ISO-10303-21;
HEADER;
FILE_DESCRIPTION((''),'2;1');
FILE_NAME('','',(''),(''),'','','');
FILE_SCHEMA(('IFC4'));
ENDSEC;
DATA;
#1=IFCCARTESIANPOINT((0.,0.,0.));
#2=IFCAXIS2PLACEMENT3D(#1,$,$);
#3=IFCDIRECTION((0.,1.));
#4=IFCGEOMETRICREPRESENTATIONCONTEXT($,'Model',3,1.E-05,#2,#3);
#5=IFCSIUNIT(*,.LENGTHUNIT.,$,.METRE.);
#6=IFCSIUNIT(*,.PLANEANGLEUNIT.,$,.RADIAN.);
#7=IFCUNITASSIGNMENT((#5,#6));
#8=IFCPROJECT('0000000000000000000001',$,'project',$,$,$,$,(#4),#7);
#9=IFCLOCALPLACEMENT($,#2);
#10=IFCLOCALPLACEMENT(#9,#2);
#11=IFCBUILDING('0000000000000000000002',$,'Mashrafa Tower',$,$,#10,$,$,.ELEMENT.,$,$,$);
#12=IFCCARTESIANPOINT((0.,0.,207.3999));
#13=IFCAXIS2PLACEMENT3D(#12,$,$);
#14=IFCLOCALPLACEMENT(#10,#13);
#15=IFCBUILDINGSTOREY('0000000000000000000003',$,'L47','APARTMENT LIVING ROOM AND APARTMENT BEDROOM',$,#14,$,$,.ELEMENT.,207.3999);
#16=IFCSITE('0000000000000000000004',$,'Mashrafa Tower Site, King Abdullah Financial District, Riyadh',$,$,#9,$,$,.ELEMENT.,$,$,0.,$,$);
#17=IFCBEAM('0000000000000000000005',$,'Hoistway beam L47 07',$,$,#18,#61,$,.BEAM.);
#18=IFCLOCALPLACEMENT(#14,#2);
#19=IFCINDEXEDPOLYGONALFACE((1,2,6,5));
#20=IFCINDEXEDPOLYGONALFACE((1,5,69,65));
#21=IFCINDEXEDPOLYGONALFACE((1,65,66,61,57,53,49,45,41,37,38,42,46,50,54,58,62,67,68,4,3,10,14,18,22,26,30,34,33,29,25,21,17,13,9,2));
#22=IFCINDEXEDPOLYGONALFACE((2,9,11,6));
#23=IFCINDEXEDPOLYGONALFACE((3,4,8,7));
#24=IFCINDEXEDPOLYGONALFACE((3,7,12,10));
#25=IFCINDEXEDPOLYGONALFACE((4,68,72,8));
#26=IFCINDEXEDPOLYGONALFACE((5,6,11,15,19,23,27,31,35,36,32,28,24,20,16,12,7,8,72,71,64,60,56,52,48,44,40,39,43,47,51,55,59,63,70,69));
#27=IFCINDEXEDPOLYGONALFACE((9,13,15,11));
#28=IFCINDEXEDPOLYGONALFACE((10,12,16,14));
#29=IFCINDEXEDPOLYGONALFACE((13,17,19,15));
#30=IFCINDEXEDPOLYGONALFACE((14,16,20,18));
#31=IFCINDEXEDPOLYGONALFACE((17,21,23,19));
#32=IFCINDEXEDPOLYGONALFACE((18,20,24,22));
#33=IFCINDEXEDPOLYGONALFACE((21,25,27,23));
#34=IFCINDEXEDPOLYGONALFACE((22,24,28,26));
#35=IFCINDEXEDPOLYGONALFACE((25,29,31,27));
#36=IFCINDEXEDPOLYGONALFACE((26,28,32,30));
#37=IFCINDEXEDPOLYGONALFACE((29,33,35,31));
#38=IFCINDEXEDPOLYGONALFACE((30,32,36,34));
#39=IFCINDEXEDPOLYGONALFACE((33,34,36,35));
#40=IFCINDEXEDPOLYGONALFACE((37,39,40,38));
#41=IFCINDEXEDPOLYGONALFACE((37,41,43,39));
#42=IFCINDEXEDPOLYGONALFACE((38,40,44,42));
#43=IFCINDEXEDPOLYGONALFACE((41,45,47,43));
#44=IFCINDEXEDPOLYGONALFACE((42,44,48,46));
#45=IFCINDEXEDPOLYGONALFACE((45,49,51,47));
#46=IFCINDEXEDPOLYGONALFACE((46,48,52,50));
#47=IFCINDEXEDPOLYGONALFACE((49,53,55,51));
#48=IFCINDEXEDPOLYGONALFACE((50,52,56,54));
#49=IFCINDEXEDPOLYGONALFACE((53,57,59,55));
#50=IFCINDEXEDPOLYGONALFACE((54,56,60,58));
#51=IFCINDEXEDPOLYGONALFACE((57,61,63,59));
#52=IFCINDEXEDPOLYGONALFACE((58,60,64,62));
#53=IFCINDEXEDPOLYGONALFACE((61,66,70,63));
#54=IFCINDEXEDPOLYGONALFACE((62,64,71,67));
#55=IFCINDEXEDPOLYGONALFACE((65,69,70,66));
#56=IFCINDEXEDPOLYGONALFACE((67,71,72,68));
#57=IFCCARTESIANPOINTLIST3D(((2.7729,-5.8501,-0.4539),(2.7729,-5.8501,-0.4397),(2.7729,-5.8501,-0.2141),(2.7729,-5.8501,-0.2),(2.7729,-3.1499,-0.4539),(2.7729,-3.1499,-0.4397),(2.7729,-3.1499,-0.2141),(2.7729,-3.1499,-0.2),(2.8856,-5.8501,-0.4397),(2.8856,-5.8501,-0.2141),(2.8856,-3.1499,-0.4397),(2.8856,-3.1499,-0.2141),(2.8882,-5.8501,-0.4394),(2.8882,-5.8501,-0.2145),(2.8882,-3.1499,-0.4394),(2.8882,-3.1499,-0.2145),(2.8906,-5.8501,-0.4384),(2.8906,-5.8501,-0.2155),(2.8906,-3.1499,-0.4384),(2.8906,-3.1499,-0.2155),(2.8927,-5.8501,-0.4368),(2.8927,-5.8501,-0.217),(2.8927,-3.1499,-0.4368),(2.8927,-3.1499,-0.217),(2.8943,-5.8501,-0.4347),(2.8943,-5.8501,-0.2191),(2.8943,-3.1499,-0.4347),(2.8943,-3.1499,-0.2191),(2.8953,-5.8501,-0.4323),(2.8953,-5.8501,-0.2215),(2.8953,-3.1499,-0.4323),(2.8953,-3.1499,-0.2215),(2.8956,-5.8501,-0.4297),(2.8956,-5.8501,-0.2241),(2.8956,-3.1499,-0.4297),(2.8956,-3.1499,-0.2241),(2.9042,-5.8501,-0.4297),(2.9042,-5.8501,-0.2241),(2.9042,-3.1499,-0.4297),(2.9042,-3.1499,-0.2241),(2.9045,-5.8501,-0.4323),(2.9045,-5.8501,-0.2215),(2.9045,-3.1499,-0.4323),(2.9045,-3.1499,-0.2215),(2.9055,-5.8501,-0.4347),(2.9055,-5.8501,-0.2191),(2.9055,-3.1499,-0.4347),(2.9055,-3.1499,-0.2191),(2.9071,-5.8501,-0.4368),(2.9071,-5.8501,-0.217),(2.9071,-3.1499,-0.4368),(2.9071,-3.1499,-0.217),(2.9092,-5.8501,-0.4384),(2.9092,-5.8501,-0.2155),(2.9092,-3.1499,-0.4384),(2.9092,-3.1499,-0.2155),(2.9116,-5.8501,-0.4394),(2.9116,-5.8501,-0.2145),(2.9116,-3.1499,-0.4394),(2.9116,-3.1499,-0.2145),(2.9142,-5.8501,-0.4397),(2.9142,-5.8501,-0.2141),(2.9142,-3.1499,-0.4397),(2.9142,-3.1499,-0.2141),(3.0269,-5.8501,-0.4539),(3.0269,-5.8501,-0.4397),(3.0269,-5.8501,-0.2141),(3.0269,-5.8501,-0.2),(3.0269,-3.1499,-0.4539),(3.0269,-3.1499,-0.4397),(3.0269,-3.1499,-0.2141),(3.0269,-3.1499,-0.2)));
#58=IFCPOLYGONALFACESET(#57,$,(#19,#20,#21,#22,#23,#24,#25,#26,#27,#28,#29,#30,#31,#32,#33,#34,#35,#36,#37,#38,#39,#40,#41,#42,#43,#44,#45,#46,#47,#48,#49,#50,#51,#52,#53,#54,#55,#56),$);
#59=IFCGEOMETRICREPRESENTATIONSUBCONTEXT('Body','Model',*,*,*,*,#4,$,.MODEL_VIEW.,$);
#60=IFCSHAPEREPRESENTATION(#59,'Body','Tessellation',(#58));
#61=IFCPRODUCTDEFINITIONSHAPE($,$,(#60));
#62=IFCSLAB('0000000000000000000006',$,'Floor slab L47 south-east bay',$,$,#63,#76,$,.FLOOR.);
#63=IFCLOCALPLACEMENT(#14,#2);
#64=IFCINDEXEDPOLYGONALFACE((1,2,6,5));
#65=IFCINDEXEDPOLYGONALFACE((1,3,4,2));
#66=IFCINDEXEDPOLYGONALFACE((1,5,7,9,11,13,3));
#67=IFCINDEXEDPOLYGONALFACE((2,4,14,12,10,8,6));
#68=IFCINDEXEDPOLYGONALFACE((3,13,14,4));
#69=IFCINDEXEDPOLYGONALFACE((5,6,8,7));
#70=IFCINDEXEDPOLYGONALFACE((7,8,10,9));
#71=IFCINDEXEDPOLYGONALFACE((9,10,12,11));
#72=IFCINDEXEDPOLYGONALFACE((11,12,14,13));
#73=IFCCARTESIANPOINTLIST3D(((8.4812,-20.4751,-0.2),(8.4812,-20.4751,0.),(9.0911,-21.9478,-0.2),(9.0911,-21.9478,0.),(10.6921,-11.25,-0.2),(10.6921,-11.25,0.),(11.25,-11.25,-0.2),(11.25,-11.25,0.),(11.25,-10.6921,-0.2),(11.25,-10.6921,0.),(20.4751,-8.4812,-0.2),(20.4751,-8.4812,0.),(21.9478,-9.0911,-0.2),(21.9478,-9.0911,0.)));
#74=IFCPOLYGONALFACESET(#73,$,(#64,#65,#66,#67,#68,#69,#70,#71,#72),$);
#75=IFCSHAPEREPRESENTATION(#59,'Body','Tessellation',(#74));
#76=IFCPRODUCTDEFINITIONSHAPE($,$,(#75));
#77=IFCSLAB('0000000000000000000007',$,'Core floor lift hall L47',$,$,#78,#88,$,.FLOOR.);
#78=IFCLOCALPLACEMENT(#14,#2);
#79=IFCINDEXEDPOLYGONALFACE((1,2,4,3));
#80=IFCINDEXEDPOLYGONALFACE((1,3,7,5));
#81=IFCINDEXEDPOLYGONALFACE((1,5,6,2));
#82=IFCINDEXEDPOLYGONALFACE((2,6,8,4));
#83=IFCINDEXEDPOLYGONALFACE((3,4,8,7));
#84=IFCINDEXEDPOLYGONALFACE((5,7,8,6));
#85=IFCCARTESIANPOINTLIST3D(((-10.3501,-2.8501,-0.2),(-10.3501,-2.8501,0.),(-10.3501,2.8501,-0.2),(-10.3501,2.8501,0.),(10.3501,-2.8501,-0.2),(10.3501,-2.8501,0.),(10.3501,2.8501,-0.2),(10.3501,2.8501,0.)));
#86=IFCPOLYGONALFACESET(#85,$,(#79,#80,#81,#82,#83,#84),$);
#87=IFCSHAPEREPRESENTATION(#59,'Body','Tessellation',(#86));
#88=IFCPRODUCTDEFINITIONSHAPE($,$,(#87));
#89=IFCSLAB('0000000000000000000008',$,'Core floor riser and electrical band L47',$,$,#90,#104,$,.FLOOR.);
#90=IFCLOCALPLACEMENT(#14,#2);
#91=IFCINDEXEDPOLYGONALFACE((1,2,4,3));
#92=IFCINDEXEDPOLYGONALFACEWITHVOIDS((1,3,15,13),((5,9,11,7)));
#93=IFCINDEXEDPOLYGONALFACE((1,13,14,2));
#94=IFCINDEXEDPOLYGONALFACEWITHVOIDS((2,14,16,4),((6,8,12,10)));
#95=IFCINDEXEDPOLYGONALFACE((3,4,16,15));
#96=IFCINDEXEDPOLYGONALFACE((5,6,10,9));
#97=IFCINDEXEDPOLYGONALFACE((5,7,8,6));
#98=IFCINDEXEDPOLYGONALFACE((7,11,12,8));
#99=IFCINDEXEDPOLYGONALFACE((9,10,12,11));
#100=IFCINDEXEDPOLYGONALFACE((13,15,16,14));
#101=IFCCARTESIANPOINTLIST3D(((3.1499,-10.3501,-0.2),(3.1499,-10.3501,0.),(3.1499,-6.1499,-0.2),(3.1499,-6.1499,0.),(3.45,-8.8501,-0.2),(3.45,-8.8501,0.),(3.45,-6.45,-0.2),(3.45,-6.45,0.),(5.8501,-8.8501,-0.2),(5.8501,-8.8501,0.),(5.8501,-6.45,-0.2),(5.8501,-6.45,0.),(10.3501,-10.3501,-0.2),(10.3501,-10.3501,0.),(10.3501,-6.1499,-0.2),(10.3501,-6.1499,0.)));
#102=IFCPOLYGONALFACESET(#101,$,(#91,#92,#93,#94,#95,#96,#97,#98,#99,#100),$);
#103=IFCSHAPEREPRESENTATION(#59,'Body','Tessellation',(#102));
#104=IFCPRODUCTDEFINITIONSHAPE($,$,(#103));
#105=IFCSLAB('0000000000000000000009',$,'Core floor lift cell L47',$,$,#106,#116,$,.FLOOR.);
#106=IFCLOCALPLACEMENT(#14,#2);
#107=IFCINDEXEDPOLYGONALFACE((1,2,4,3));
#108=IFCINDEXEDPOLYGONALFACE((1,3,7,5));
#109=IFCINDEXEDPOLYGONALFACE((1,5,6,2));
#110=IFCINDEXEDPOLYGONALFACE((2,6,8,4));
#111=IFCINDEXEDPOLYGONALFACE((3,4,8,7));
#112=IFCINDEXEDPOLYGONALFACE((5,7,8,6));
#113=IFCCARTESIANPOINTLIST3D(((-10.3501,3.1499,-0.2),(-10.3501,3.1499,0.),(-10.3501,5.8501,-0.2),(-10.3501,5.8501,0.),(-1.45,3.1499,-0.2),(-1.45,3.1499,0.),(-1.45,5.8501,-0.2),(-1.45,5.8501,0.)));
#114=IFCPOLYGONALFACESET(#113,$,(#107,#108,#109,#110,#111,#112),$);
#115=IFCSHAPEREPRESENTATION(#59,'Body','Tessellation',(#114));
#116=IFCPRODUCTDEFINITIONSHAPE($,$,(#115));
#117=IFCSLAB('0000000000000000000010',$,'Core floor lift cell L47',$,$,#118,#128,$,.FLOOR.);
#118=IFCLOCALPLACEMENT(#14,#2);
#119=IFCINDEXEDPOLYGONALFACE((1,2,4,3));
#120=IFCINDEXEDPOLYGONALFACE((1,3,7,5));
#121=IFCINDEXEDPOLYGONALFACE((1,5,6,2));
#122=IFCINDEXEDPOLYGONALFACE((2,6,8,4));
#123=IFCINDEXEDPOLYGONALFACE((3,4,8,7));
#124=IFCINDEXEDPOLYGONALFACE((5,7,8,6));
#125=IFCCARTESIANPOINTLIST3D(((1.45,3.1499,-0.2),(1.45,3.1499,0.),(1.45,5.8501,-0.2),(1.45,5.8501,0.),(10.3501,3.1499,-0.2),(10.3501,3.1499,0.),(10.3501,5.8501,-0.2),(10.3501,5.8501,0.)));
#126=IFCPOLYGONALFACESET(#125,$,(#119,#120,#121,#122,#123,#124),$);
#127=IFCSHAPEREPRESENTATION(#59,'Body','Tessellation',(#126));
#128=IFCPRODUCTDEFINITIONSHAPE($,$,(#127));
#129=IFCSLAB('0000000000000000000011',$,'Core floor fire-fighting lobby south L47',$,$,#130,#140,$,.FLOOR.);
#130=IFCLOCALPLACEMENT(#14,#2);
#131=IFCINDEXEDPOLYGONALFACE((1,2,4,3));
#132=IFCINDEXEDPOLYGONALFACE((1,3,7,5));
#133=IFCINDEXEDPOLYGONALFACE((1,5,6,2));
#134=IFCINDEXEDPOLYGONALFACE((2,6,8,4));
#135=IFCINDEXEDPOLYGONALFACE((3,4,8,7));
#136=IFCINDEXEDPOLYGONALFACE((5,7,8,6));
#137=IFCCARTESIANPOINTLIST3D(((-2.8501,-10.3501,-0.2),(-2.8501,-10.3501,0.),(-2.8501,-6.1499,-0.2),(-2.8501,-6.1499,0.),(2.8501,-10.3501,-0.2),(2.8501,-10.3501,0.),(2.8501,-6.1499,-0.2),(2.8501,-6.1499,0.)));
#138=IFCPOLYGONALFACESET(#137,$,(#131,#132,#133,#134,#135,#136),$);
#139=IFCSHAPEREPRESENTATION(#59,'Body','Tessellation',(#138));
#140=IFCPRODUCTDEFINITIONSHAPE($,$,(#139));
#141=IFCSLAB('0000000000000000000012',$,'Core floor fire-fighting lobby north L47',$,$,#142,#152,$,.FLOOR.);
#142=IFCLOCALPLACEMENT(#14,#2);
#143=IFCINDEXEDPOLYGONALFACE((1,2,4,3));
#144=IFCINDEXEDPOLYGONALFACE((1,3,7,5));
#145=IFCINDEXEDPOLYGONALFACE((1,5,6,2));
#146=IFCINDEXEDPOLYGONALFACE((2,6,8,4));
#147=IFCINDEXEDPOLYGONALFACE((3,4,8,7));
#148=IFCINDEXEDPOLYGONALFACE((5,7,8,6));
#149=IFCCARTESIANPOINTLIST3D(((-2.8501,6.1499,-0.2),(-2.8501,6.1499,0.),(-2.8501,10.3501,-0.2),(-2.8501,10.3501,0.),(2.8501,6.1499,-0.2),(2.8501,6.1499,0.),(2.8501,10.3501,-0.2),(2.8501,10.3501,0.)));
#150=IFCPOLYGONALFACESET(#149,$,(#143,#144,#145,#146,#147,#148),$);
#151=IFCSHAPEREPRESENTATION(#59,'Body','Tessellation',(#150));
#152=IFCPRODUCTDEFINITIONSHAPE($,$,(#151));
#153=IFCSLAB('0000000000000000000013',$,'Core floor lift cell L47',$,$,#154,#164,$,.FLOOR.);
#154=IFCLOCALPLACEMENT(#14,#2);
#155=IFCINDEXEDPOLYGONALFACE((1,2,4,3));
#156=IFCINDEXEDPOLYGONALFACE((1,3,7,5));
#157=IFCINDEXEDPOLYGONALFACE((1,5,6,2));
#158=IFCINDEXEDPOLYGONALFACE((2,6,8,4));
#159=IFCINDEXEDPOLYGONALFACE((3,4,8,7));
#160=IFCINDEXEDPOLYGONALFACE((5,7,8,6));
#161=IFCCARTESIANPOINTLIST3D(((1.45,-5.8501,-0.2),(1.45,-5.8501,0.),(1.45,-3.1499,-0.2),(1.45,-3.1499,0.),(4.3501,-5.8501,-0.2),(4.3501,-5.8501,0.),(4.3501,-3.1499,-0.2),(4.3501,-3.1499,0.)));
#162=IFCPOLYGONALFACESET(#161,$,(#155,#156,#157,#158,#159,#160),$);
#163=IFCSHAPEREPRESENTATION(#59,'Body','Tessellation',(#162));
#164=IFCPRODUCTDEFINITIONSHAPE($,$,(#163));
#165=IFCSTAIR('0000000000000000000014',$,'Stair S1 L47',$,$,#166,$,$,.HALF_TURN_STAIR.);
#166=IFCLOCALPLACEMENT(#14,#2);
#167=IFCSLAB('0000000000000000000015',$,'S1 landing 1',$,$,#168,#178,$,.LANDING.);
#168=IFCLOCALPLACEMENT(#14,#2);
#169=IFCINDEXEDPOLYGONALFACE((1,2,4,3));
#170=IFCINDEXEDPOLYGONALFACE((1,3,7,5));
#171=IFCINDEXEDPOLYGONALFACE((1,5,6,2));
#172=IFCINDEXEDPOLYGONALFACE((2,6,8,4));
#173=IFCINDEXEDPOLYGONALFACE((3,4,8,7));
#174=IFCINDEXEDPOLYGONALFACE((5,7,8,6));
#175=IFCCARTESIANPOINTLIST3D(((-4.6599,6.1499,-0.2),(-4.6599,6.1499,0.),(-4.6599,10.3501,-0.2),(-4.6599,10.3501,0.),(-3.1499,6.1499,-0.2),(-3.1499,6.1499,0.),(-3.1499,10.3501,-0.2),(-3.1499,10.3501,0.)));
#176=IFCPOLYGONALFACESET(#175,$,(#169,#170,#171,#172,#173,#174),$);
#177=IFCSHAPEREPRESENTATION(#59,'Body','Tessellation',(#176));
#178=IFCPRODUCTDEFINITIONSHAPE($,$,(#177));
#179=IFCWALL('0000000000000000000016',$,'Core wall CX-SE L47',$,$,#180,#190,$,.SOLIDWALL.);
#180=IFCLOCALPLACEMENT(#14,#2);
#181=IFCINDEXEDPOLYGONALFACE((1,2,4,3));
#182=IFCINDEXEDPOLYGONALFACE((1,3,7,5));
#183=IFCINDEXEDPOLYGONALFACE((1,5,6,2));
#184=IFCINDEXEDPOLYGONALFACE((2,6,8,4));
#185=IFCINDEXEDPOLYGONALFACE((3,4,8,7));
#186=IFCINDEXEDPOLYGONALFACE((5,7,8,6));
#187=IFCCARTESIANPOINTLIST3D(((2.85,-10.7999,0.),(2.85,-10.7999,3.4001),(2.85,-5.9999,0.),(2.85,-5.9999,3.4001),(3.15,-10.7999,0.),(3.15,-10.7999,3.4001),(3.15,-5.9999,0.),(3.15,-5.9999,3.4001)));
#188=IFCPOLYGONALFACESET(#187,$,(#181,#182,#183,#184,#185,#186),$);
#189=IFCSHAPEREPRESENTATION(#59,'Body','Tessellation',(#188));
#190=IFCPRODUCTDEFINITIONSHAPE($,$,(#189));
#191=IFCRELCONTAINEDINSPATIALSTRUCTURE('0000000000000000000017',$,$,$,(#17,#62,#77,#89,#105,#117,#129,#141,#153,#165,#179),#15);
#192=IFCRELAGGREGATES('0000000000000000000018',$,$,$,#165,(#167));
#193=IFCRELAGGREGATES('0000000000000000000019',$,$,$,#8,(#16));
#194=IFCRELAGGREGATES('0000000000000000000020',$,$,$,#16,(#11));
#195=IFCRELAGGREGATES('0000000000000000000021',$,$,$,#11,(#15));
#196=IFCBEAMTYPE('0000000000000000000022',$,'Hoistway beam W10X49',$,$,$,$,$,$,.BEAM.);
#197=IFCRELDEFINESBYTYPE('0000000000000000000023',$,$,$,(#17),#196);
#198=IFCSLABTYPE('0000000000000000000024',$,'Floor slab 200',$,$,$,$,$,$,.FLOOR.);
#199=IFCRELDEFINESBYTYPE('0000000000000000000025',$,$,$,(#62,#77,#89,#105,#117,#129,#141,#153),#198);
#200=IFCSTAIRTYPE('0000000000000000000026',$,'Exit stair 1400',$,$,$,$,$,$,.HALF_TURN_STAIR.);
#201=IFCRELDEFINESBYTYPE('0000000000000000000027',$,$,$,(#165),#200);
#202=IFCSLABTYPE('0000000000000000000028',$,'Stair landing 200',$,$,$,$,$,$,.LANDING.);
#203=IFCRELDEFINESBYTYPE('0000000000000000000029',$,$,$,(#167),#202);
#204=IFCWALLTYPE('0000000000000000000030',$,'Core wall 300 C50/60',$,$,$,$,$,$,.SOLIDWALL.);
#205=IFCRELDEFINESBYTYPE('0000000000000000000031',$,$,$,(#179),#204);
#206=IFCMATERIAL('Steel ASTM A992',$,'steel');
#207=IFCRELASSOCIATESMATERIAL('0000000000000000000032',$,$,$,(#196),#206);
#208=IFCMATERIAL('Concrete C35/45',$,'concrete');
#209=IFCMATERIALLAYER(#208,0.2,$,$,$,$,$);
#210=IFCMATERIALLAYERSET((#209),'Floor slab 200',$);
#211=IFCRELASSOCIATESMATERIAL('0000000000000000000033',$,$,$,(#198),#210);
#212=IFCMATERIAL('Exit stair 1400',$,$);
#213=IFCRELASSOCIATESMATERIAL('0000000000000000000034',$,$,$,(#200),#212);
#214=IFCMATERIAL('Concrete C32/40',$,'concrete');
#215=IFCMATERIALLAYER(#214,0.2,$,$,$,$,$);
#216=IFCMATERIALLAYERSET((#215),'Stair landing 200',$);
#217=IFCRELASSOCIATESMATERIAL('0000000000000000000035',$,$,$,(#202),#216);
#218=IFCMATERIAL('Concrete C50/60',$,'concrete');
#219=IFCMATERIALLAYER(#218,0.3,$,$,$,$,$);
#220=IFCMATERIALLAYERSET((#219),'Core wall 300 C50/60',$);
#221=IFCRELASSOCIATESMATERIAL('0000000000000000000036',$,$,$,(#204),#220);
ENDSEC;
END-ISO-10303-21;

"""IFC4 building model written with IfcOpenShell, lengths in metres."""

from ifc_helpers import new_model, si_unit, direction, frame, frame_2d, origin, origin_2d, place, context, subcontext, project, spatial, polyline, rectangle, i_section, outline, extrude, material, layer, layer_set, material_profile, profile_set, type_object, element, aggregate, save


model = new_model("IFC4")

# Units and contexts
model_context = context("Model", 3, precision=1e-05, world=origin(), true_north=direction((0.0, 1.0)))
body_context = subcontext(model_context, "Body", "Model", "MODEL_VIEW")
ifc_project = project(units=[si_unit("LENGTHUNIT", "METRE"), si_unit("PLANEANGLEUNIT", "RADIAN")], contexts=[model_context])

# Site, building, storey
site_placement = place(None, origin())
site = spatial("IfcSite", under=ifc_project, at=site_placement, Name="Mashrafa Tower Site, King Abdullah Financial District, Riyadh", CompositionType="ELEMENT", RefElevation=0.0)
building_placement = place(site_placement, origin())
building = spatial("IfcBuilding", under=site, at=building_placement, Name="Mashrafa Tower", CompositionType="ELEMENT")
storey_placement = place(building_placement, frame((0.0, 0.0, 207.3999)))
storey = spatial("IfcBuildingStorey", under=building, at=storey_placement, Name="L47", Description="APARTMENT LIVING ROOM AND APARTMENT BEDROOM", CompositionType="ELEMENT", Elevation=207.3999)

# Beam
ifc_material_1 = material(Name="Steel ASTM A992", Category="steel")
ifc_material_profile = material_profile(ifc_material_1, i_section(OverallWidth=0.2539, OverallDepth=0.2539, WebThickness=0.0085, FlangeThickness=0.0142, FilletRadius=0.01, at=origin_2d()), Name="W10X49")
ifc_profile_set = profile_set([ifc_material_profile], Name="Steel ASTM A992")
beam_type = type_object("IfcBeamType", Name="Hoistway beam W10X49", PredefinedType="BEAM", material=ifc_profile_set)
beam_placement = place(storey_placement, frame((2.8999, -5.8501, -0.3269), z_axis=(0.0, 1.0, 0.0), x_axis=(-1.0, 0.0, 0.0)))
element("IfcBeam", 1, at=beam_placement, inside=storey, type_object=beam_type, Name="Hoistway beam L47 07", PredefinedType="BEAM", context=body_context, shape_type="SweptSolid", body=[
    extrude(i_section(OverallWidth=0.2539, OverallDepth=0.2539, WebThickness=0.0085, FlangeThickness=0.0142, FilletRadius=0.01, at=origin_2d()), origin(), (0.0, 0.0, 1.0), 2.7002),
])

# Slabs
ifc_material_2 = material(Name="Concrete C35/45", Category="concrete")
ifc_layer_1 = layer(ifc_material_2, 0.2)
ifc_layer_set_1 = layer_set([ifc_layer_1], Name="Floor slab 200")
slab_type_1 = type_object("IfcSlabType", Name="Floor slab 200", PredefinedType="FLOOR", material=ifc_layer_set_1)
slab_1_placement = place(storey_placement, frame((0.0, 0.0, -0.2)))
element("IfcSlab", 2, at=slab_1_placement, inside=storey, type_object=slab_type_1, Name="Floor slab L47 south-east bay", PredefinedType="FLOOR", context=body_context, shape_type="SweptSolid", body=[
    extrude(outline(polyline([(9.0911, -21.9478), (8.4812, -20.4751), (10.6921, -11.25), (11.25, -11.25), (11.25, -10.6921), (20.4751, -8.4812), (21.9478, -9.0911), (9.0911, -21.9478)])), origin(), (0.0, 0.0, 1.0), 0.2),
])
slab_2_placement = place(storey_placement, frame((0.0, 0.0, -0.2)))
element("IfcSlab", 3, at=slab_2_placement, inside=storey, type_object=slab_type_1, Name="Core floor lift hall L47", PredefinedType="FLOOR", context=body_context, shape_type="SweptSolid", body=[
    extrude(outline(polyline([(-10.3501, 2.8501), (10.3501, 2.8501), (10.3501, -2.8501), (-10.3501, -2.8501), (-10.3501, 2.8501)])), origin(), (0.0, 0.0, 1.0), 0.2),
])
slab_3_placement = place(storey_placement, frame((0.0, 0.0, -0.2)))
element("IfcSlab", 4, at=slab_3_placement, inside=storey, type_object=slab_type_1, Name="Core floor riser and electrical band L47", PredefinedType="FLOOR", context=body_context, shape_type="SweptSolid", body=[
    extrude(outline(polyline([(10.3501, -6.1499), (10.3501, -10.3501), (3.1499, -10.3501), (3.1499, -6.1499), (10.3501, -6.1499)]), holes=[polyline([(3.45, -8.8501), (5.8501, -8.8501), (5.8501, -6.45), (3.45, -6.45), (3.45, -8.8501)])]), origin(), (0.0, 0.0, 1.0), 0.2),
])
slab_4_placement = place(storey_placement, frame((0.0, 0.0, -0.2)))
element("IfcSlab", 5, at=slab_4_placement, inside=storey, type_object=slab_type_1, Name="Core floor lift cell L47", PredefinedType="FLOOR", context=body_context, shape_type="SweptSolid", body=[
    extrude(outline(polyline([(-10.3501, 5.8501), (-1.45, 5.8501), (-1.45, 3.1499), (-10.3501, 3.1499), (-10.3501, 5.8501)])), origin(), (0.0, 0.0, 1.0), 0.2),
])
slab_5_placement = place(storey_placement, frame((0.0, 0.0, -0.2)))
element("IfcSlab", 6, at=slab_5_placement, inside=storey, type_object=slab_type_1, Name="Core floor lift cell L47", PredefinedType="FLOOR", context=body_context, shape_type="SweptSolid", body=[
    extrude(outline(polyline([(1.45, 5.8501), (10.3501, 5.8501), (10.3501, 3.1499), (1.45, 3.1499), (1.45, 5.8501)])), origin(), (0.0, 0.0, 1.0), 0.2),
])
slab_6_placement = place(storey_placement, frame((0.0, 0.0, -0.2)))
element("IfcSlab", 7, at=slab_6_placement, inside=storey, type_object=slab_type_1, Name="Core floor fire-fighting lobby south L47", PredefinedType="FLOOR", context=body_context, shape_type="SweptSolid", body=[
    extrude(outline(polyline([(2.8501, -6.1499), (2.8501, -10.3501), (-2.8501, -10.3501), (-2.8501, -6.1499), (2.8501, -6.1499)])), origin(), (0.0, 0.0, 1.0), 0.2),
])
slab_7_placement = place(storey_placement, frame((0.0, 0.0, -0.2)))
element("IfcSlab", 8, at=slab_7_placement, inside=storey, type_object=slab_type_1, Name="Core floor fire-fighting lobby north L47", PredefinedType="FLOOR", context=body_context, shape_type="SweptSolid", body=[
    extrude(outline(polyline([(-2.8501, 10.3501), (2.8501, 10.3501), (2.8501, 6.1499), (-2.8501, 6.1499), (-2.8501, 10.3501)])), origin(), (0.0, 0.0, 1.0), 0.2),
])
slab_8_placement = place(storey_placement, frame((0.0, 0.0, -0.2)))
element("IfcSlab", 9, at=slab_8_placement, inside=storey, type_object=slab_type_1, Name="Core floor lift cell L47", PredefinedType="FLOOR", context=body_context, shape_type="SweptSolid", body=[
    extrude(outline(polyline([(4.3501, -3.1499), (4.3501, -5.8501), (1.45, -5.8501), (1.45, -3.1499), (4.3501, -3.1499)])), origin(), (0.0, 0.0, 1.0), 0.2),
])

# Stair, slab
ifc_material_3 = material(Name="Exit stair 1400")
stair_type = type_object("IfcStairType", Name="Exit stair 1400", PredefinedType="HALF_TURN_STAIR", material=ifc_material_3)
stair_placement = place(storey_placement, origin())
stair = element("IfcStair", 10, at=stair_placement, inside=storey, type_object=stair_type, Name="Stair S1 L47", PredefinedType="HALF_TURN_STAIR")
ifc_material_4 = material(Name="Concrete C32/40", Category="concrete")
ifc_layer_2 = layer(ifc_material_4, 0.2)
ifc_layer_set_2 = layer_set([ifc_layer_2], Name="Stair landing 200")
slab_type_2 = type_object("IfcSlabType", Name="Stair landing 200", PredefinedType="LANDING", material=ifc_layer_set_2)
slab_9_placement = place(storey_placement, frame((0.0, 0.0, -0.2)))
slab_9 = element("IfcSlab", 11, at=slab_9_placement, type_object=slab_type_2, Name="S1 landing 1", PredefinedType="LANDING", context=body_context, shape_type="SweptSolid", body=[
    extrude(outline(polyline([(-4.6599, 6.1499), (-3.1499, 6.1499), (-3.1499, 10.3501), (-4.6599, 10.3501), (-4.6599, 6.1499)])), origin(), (0.0, 0.0, 1.0), 0.2),
])
aggregate(stair, [slab_9])

# Wall
ifc_material_5 = material(Name="Concrete C50/60", Category="concrete")
ifc_layer_3 = layer(ifc_material_5, 0.3)
ifc_layer_set_3 = layer_set([ifc_layer_3], Name="Core wall 300 C50/60")
wall_type_1 = type_object("IfcWallType", Name="Core wall 300 C50/60", PredefinedType="SOLIDWALL", material=ifc_layer_set_3)
wall_1_placement = place(storey_placement, frame((3.0, -6.0, 0.0), z_axis=(0.0, 0.0, 1.0), x_axis=(0.0, -1.0, 0.0)))
element("IfcWall", 12, at=wall_1_placement, inside=storey, type_object=wall_type_1, Name="Core wall CX-SE L47", PredefinedType="SOLIDWALL", context=body_context, shape_type="SweptSolid", body=[
    extrude(rectangle(XDim=4.8, YDim=0.3, at=frame_2d((2.3999, 0.0))), origin(), (0.0, 0.0, 1.0), 3.4001),
])

save(model, "model.ifc")
